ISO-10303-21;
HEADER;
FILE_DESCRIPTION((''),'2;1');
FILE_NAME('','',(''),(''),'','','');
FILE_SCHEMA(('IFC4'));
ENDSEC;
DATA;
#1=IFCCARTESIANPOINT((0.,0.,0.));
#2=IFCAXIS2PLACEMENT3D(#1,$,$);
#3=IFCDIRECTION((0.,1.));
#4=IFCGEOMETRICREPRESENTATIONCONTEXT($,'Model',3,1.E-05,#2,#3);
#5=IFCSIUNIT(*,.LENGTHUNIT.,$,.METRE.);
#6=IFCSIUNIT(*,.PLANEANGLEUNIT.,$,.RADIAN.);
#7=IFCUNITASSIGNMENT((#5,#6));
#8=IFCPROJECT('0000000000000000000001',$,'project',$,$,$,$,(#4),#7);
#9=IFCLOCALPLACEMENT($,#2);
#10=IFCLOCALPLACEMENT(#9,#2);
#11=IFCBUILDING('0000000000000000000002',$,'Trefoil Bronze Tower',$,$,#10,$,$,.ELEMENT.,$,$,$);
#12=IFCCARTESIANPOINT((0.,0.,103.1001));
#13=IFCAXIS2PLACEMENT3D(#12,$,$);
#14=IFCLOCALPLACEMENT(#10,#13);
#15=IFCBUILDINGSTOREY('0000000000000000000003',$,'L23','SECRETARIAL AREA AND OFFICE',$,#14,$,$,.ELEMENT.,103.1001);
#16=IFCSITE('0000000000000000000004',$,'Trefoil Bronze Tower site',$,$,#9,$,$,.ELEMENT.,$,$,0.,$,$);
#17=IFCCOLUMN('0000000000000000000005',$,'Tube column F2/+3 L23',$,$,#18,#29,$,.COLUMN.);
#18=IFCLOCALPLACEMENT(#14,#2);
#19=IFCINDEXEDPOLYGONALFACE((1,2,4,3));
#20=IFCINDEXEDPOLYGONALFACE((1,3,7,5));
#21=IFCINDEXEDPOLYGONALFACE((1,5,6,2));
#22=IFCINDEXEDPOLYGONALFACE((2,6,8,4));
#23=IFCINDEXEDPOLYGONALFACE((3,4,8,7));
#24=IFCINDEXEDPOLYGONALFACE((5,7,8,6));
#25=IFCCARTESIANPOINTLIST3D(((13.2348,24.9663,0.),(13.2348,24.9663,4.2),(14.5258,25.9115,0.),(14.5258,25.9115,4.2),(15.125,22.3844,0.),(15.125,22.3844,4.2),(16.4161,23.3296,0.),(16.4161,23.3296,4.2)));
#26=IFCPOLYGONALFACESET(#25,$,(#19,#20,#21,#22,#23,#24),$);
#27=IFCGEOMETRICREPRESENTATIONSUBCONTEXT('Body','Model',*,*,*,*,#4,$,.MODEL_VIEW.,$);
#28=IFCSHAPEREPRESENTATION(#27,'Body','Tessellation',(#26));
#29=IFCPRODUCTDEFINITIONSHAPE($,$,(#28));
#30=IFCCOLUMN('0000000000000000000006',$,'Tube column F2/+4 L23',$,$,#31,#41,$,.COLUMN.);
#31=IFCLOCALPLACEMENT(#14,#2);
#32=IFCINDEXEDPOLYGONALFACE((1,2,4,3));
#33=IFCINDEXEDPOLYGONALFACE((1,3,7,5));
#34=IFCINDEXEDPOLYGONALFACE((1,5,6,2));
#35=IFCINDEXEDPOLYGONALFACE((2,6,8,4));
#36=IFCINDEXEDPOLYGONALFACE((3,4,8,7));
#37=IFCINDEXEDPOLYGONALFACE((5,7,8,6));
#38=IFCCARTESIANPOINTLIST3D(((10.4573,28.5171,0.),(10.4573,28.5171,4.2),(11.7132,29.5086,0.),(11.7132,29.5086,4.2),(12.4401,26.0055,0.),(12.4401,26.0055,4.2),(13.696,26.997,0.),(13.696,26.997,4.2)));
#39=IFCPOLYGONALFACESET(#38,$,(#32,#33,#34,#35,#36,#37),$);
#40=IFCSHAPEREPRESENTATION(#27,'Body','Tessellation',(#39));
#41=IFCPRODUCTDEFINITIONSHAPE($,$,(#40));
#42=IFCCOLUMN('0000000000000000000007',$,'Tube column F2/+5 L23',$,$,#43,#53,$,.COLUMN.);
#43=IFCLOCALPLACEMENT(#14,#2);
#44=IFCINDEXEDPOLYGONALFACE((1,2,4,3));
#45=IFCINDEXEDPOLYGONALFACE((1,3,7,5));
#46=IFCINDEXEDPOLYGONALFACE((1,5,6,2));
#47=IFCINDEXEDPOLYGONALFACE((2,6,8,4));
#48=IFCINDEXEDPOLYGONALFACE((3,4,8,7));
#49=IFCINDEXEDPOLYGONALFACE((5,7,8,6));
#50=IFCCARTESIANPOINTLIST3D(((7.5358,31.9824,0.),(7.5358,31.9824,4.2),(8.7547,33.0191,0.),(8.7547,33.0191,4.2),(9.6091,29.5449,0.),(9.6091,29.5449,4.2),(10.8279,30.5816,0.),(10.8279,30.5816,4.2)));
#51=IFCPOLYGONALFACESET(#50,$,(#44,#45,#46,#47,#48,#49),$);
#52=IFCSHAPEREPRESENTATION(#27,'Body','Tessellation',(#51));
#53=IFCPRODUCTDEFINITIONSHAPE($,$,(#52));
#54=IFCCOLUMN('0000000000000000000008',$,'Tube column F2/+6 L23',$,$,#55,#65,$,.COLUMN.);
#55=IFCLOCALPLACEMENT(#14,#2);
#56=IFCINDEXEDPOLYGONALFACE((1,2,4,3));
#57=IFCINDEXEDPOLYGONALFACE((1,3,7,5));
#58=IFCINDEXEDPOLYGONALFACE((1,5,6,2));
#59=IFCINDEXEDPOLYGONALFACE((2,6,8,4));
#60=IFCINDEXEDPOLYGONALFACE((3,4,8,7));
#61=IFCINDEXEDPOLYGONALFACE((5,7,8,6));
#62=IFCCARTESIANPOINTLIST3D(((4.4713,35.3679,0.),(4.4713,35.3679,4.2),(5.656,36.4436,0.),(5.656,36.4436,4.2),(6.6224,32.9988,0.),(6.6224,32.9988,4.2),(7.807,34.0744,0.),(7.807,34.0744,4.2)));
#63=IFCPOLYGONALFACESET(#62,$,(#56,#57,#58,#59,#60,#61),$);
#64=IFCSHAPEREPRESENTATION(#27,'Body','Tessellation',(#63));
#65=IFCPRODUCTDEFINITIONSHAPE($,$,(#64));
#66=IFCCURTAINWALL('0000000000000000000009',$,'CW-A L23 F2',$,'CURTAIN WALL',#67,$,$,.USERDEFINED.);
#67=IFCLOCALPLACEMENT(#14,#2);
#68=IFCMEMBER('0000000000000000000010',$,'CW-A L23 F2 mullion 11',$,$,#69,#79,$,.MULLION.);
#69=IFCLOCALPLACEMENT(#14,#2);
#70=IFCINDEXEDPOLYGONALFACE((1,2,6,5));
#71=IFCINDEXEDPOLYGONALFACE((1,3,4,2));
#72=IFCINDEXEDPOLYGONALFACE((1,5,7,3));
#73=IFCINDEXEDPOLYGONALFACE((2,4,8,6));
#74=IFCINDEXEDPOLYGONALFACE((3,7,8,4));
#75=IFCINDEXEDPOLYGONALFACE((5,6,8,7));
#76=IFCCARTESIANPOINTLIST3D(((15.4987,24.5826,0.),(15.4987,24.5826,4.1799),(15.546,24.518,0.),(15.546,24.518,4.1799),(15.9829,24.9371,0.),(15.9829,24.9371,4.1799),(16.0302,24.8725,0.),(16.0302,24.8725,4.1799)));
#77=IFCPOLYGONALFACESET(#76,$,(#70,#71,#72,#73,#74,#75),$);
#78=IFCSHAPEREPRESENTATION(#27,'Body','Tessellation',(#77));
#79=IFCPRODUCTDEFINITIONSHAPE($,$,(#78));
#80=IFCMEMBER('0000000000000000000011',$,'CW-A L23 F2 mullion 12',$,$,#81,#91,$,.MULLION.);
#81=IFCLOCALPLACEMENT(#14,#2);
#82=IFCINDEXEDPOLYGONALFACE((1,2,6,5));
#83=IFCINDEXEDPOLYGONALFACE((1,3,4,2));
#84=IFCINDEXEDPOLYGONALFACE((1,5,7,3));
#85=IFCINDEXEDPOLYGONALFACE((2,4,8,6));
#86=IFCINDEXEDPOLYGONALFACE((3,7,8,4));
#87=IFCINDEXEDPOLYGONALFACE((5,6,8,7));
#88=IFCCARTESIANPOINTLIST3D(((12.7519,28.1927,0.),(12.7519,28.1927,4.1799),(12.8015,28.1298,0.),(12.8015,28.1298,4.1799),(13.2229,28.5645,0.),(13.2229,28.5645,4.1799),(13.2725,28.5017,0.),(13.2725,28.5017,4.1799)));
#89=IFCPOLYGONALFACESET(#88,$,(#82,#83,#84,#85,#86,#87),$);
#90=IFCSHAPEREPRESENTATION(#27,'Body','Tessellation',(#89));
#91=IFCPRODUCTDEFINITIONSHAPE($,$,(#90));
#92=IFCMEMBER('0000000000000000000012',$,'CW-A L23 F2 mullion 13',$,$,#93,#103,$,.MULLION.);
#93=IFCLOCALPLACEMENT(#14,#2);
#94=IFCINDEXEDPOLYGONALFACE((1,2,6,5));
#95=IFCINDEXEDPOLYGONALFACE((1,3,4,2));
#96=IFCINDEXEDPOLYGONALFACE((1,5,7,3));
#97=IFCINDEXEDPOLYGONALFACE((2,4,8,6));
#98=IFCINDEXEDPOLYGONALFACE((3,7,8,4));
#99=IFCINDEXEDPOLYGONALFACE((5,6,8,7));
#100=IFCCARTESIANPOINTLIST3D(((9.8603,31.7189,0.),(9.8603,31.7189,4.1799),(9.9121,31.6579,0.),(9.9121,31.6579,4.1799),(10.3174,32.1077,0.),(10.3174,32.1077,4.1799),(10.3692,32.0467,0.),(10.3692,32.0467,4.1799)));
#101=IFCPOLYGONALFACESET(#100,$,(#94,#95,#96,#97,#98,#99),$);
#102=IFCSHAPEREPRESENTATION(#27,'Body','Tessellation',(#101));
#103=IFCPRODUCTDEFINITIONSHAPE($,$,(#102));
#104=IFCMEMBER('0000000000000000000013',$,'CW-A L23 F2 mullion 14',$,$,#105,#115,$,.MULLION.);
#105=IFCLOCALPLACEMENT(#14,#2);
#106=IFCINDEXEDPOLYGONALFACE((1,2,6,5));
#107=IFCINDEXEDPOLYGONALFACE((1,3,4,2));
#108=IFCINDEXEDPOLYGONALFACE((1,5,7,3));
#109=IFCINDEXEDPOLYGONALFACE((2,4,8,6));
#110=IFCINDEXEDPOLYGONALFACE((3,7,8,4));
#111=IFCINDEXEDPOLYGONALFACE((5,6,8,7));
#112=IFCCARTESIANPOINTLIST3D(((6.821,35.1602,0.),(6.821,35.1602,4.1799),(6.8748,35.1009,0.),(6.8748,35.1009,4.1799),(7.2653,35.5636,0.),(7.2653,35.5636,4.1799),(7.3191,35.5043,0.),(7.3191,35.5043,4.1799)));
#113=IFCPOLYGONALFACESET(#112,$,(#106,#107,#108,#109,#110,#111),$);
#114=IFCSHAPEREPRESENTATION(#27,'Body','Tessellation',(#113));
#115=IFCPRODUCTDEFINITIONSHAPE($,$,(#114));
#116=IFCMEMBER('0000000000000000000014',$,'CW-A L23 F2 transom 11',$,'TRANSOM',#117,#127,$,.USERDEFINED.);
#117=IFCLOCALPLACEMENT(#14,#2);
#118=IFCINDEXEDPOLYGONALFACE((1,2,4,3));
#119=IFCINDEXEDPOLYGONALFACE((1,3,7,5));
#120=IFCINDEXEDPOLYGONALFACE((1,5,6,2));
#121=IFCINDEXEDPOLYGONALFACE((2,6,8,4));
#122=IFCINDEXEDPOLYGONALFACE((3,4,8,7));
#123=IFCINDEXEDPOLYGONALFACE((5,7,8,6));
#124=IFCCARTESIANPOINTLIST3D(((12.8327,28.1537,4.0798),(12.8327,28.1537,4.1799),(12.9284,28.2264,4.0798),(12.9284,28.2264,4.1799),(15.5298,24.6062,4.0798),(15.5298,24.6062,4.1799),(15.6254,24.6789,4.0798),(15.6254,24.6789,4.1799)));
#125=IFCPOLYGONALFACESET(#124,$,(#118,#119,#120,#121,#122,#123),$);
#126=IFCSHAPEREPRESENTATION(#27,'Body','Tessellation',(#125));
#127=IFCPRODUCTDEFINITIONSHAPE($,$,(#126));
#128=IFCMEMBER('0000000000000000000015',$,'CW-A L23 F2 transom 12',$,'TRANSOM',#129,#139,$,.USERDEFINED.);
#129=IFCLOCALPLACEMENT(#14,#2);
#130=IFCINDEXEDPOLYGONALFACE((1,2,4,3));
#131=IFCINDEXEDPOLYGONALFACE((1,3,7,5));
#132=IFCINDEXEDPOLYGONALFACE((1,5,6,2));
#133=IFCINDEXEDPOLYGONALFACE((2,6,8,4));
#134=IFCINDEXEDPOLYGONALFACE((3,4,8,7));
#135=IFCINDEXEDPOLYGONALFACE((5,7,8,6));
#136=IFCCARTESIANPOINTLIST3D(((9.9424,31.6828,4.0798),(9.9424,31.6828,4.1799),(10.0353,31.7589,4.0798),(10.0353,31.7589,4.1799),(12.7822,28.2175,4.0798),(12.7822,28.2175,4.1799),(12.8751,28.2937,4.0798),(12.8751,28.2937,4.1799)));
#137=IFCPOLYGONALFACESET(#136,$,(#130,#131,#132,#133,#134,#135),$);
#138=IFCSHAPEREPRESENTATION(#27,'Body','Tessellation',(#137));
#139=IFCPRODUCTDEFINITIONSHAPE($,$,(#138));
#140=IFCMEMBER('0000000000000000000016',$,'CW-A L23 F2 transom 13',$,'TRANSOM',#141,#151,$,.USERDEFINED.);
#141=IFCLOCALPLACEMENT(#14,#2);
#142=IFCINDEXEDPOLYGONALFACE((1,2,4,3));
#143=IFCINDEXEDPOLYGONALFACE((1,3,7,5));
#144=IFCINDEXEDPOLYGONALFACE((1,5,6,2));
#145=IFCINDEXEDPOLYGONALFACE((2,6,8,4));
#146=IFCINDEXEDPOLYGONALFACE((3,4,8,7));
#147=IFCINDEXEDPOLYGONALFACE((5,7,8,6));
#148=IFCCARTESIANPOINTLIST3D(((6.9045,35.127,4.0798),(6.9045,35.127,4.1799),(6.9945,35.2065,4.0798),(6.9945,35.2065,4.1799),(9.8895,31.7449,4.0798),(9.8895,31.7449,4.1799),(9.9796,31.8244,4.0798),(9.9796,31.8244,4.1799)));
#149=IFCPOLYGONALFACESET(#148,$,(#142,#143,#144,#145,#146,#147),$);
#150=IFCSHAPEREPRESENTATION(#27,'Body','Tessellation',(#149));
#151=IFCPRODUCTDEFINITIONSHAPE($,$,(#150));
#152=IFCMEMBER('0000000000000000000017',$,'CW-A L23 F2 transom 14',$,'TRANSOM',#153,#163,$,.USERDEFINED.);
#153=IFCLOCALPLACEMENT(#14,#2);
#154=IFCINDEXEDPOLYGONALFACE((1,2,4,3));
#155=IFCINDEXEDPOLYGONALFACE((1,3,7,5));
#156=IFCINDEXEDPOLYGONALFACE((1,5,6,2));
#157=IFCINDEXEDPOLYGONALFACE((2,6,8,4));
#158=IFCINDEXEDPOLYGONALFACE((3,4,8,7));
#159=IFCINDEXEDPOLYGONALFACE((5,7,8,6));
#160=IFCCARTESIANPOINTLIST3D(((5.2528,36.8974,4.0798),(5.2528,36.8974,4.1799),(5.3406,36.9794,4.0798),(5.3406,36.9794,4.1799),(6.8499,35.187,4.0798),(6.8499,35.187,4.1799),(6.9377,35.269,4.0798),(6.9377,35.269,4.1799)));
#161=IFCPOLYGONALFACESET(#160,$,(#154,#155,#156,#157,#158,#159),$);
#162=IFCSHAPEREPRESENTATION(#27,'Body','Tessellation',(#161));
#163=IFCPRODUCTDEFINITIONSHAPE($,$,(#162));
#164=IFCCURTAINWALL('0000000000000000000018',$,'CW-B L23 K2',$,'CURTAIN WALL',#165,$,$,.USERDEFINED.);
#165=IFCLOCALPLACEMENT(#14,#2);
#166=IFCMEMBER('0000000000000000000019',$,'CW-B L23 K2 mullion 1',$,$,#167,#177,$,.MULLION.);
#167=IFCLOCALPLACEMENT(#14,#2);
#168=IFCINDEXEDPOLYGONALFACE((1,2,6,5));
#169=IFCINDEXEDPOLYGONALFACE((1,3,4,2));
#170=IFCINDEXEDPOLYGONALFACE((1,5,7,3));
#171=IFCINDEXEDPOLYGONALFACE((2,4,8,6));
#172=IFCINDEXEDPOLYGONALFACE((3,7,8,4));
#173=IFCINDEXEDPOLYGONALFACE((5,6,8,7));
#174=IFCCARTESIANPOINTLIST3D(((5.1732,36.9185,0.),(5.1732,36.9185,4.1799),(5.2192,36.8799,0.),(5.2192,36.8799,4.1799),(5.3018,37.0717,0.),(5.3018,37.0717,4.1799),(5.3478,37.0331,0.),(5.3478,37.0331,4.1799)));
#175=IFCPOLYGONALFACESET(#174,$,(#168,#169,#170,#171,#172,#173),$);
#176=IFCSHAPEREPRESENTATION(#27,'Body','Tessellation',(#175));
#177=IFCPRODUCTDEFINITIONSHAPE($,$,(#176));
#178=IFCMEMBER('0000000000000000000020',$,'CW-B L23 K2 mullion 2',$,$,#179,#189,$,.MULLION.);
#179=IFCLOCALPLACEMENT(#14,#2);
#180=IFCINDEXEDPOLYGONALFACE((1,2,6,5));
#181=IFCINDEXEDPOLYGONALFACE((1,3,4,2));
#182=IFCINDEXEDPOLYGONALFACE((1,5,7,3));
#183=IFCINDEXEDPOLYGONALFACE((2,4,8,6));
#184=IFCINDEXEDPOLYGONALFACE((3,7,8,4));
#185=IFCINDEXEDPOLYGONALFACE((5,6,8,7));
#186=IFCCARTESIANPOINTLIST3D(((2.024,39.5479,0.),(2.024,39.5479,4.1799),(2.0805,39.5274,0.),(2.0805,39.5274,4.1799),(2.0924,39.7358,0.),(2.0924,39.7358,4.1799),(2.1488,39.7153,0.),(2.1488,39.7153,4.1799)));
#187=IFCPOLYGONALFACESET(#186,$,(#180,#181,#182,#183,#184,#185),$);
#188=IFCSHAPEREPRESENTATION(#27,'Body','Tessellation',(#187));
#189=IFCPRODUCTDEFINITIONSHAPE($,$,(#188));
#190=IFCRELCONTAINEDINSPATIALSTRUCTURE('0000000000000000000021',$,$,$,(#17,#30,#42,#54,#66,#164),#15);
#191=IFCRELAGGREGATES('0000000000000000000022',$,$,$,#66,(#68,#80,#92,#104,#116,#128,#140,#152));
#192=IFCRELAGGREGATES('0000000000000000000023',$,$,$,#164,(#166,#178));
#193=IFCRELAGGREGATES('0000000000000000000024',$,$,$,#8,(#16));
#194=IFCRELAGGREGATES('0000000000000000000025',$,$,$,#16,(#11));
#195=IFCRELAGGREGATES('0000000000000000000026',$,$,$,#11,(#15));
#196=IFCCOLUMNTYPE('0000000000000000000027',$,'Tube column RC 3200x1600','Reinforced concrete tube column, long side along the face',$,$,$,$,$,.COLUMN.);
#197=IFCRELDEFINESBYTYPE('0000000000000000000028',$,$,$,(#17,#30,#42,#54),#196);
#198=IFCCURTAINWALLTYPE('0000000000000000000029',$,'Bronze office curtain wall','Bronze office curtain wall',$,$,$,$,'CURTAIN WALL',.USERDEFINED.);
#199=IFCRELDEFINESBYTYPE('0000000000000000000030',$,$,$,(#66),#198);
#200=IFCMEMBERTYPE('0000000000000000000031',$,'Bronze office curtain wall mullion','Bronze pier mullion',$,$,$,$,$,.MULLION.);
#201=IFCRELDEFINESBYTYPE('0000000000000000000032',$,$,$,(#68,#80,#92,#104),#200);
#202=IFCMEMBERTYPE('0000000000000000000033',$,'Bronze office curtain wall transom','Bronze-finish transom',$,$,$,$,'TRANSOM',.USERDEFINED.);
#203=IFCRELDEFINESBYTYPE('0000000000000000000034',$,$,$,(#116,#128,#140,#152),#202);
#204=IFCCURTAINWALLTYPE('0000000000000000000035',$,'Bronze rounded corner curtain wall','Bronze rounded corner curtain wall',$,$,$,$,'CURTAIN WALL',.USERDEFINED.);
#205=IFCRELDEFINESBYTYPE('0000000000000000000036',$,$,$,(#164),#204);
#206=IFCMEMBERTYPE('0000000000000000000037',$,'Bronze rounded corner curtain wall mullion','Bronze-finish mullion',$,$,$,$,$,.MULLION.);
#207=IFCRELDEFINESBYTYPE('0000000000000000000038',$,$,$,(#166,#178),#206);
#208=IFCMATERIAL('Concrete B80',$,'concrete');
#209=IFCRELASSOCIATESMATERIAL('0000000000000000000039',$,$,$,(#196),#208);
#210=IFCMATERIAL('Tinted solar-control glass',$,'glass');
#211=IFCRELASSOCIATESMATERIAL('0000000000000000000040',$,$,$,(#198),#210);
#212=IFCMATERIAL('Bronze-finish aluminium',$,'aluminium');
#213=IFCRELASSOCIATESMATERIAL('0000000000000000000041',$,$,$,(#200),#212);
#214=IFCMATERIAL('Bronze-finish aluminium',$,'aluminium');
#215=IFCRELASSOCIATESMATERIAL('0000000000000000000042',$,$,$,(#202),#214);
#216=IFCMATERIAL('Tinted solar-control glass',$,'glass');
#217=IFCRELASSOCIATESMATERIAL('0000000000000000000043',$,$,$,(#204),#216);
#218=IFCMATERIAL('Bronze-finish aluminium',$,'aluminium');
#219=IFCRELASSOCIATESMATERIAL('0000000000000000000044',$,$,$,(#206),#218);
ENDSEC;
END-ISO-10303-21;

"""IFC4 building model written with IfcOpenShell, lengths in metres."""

from ifc_helpers import new_model, si_unit, direction, frame, origin, origin_2d, place, context, subcontext, project, spatial, rectangle, extrude, material, material_profile, profile_set, type_object, element, aggregate, save


model = new_model("IFC4")

# Units and contexts
model_context = context("Model", 3, precision=1e-05, world=origin(), true_north=direction((0.0, 1.0)))
body_context = subcontext(model_context, "Body", "Model", "MODEL_VIEW")
ifc_project = project(units=[si_unit("LENGTHUNIT", "METRE"), si_unit("PLANEANGLEUNIT", "RADIAN")], contexts=[model_context])

# Site, building, storey
site_placement = place(None, origin())
site = spatial("IfcSite", under=ifc_project, at=site_placement, Name="Trefoil Bronze Tower site", CompositionType="ELEMENT", RefElevation=0.0)
building_placement = place(site_placement, origin())
building = spatial("IfcBuilding", under=site, at=building_placement, Name="Trefoil Bronze Tower", CompositionType="ELEMENT")
storey_placement = place(building_placement, frame((0.0, 0.0, 103.1001)))
storey = spatial("IfcBuildingStorey", under=building, at=storey_placement, Name="L23", Description="SECRETARIAL AREA AND OFFICE", CompositionType="ELEMENT", Elevation=103.1001)

# Columns
ifc_material_1 = material(Name="Concrete B80", Category="concrete")
ifc_material_profile_1 = material_profile(ifc_material_1, rectangle(XDim=3.2, YDim=1.6001, at=origin_2d()), Name="RC 3200x1600")
ifc_profile_set_1 = profile_set([ifc_material_profile_1], Name="Concrete B80")
column_type = type_object("IfcColumnType", Name="Tube column RC 3200x1600", Description="Reinforced concrete tube column, long side along the face", PredefinedType="COLUMN", material=ifc_profile_set_1)
for number, where, z_axis, x_axis, name in (
    (1, (14.8254, 24.1479, 0.0), (0.0, 0.0, 1.0), (-0.590723, 0.806875, 0.0), "Tube column F2/+3 L23"),
    (2, (12.0767, 27.7571, 0.0), (0.0, 0.0, 1.0), (-0.619649, 0.784879, 0.0), "Tube column F2/+4 L23"),
    (3, (9.1819, 31.282, 0.0), (0.0, 0.0, 1.0), (-0.647904, 0.761722, 0.0), "Tube column F2/+5 L23"),
    (4, (6.1392, 34.7212, 0.0), (0.0, 0.0, 1.0), (-0.67221, 0.740361, 0.0), "Tube column F2/+6 L23"),
):
    element("IfcColumn", number, at=place(storey_placement, frame(where, z_axis=z_axis, x_axis=x_axis)), inside=storey, type_object=column_type, Name=name, PredefinedType="COLUMN", context=body_context, shape_type="SweptSolid", body=[
        extrude(rectangle(XDim=3.2, YDim=1.6001, at=origin_2d()), origin(), (0.0, 0.0, 1.0), 4.2),
    ])

# Curtain walls, members
ifc_material_2 = material(Name="Tinted solar-control glass", Category="glass")
curtain_wall_type_1 = type_object("IfcCurtainWallType", Name="Bronze office curtain wall", Description="Bronze office curtain wall", ElementType="CURTAIN WALL", PredefinedType="USERDEFINED", material=ifc_material_2)
curtain_wall_1_placement = place(storey_placement, origin())
curtain_wall_1 = element("IfcCurtainWall", 5, at=curtain_wall_1_placement, inside=storey, type_object=curtain_wall_type_1, Name="CW-A L23 F2", ObjectType="CURTAIN WALL", PredefinedType="USERDEFINED")
ifc_material_3 = material(Name="Bronze-finish aluminium", Category="aluminium")
ifc_material_profile_2 = material_profile(ifc_material_3, rectangle(XDim=0.6001, YDim=0.0801, at=origin_2d()), Name="CW-A mullion")
ifc_profile_set_2 = profile_set([ifc_material_profile_2], Name="Bronze-finish aluminium")
member_type_1 = type_object("IfcMemberType", Name="Bronze office curtain wall mullion", Description="Bronze pier mullion", PredefinedType="MULLION", material=ifc_profile_set_2)
member_1_placement = place(storey_placement, frame((15.7644, 24.7275, 0.0), z_axis=(0.0, 0.0, 1.0), x_axis=(-0.806875, -0.590723, 0.0)))
member_1 = element("IfcMember", 6, at=member_1_placement, type_object=member_type_1, Name="CW-A L23 F2 mullion 11", PredefinedType="MULLION", context=body_context, shape_type="SweptSolid", body=[
    extrude(rectangle(XDim=0.6001, YDim=0.0801, at=origin_2d()), origin(), (0.0, 0.0, 1.0), 4.1799),
])
member_2_placement = place(storey_placement, frame((13.0122, 28.3472, 0.0), z_axis=(0.0, 0.0, 1.0), x_axis=(-0.784879, -0.619649, 0.0)))
member_2 = element("IfcMember", 7, at=member_2_placement, type_object=member_type_1, Name="CW-A L23 F2 mullion 12", PredefinedType="MULLION", context=body_context, shape_type="SweptSolid", body=[
    extrude(rectangle(XDim=0.6001, YDim=0.0801, at=origin_2d()), origin(), (0.0, 0.0, 1.0), 4.1799),
])
member_3_placement = place(storey_placement, frame((10.1147, 31.8828, 0.0), z_axis=(0.0, 0.0, 1.0), x_axis=(-0.761722, -0.647904, 0.0)))
member_3 = element("IfcMember", 8, at=member_3_placement, type_object=member_type_1, Name="CW-A L23 F2 mullion 13", PredefinedType="MULLION", context=body_context, shape_type="SweptSolid", body=[
    extrude(rectangle(XDim=0.6001, YDim=0.0801, at=origin_2d()), origin(), (0.0, 0.0, 1.0), 4.1799),
])
member_4_placement = place(storey_placement, frame((7.0701, 35.3323, 0.0), z_axis=(0.0, 0.0, 1.0), x_axis=(-0.740361, -0.67221, 0.0)))
member_4 = element("IfcMember", 9, at=member_4_placement, type_object=member_type_1, Name="CW-A L23 F2 mullion 14", PredefinedType="MULLION", context=body_context, shape_type="SweptSolid", body=[
    extrude(rectangle(XDim=0.6001, YDim=0.0801, at=origin_2d()), origin(), (0.0, 0.0, 1.0), 4.1799),
])
ifc_material_4 = material(Name="Bronze-finish aluminium", Category="aluminium")
ifc_material_profile_3 = material_profile(ifc_material_4, rectangle(XDim=0.1201, YDim=0.1001, at=origin_2d()), Name="CW-A transom")
ifc_profile_set_3 = profile_set([ifc_material_profile_3], Name="Bronze-finish aluminium")
member_type_2 = type_object("IfcMemberType", Name="Bronze office curtain wall transom", Description="Bronze-finish transom", ElementType="TRANSOM", PredefinedType="USERDEFINED", material=ifc_profile_set_3)
member_5_placement = place(storey_placement, frame((15.5776, 24.6426, 4.1299), z_axis=(-0.605229, 0.796051, 0.0), x_axis=(-0.796051, -0.605229, 0.0)))
member_5 = element("IfcMember", 10, at=member_5_placement, type_object=member_type_2, Name="CW-A L23 F2 transom 11", ObjectType="TRANSOM", PredefinedType="USERDEFINED", context=body_context, shape_type="SweptSolid", body=[
    extrude(rectangle(XDim=0.1201, YDim=0.1001, at=origin_2d()), origin(), (0.0, 0.0, 1.0), 4.4563),
])
member_6_placement = place(storey_placement, frame((12.8286, 28.2556, 4.1299), z_axis=(-0.633849, 0.773457, 0.0), x_axis=(-0.773457, -0.633849, 0.0)))
member_6 = element("IfcMember", 11, at=member_6_placement, type_object=member_type_2, Name="CW-A L23 F2 transom 12", ObjectType="TRANSOM", PredefinedType="USERDEFINED", context=body_context, shape_type="SweptSolid", body=[
    extrude(rectangle(XDim=0.1201, YDim=0.1001, at=origin_2d()), origin(), (0.0, 0.0, 1.0), 4.4802),
])
member_7_placement = place(storey_placement, frame((9.9346, 31.7847, 4.1299), z_axis=(-0.661736, 0.749737, 0.0), x_axis=(-0.749737, -0.661736, 0.0)))
member_7 = element("IfcMember", 12, at=member_7_placement, type_object=member_type_2, Name="CW-A L23 F2 transom 13", ObjectType="TRANSOM", PredefinedType="USERDEFINED", context=body_context, shape_type="SweptSolid", body=[
    extrude(rectangle(XDim=0.1201, YDim=0.1001, at=origin_2d()), origin(), (0.0, 0.0, 1.0), 4.511),
])
member_8_placement = place(storey_placement, frame((6.8938, 35.228, 4.1299), z_axis=(-0.682489, 0.730896, 0.0), x_axis=(-0.730896, -0.682489, 0.0)))
member_8 = element("IfcMember", 13, at=member_8_placement, type_object=member_type_2, Name="CW-A L23 F2 transom 14", ObjectType="TRANSOM", PredefinedType="USERDEFINED", context=body_context, shape_type="SweptSolid", body=[
    extrude(rectangle(XDim=0.1201, YDim=0.1001, at=origin_2d()), origin(), (0.0, 0.0, 1.0), 2.3401),
])
ifc_material_5 = material(Name="Tinted solar-control glass", Category="glass")
curtain_wall_type_2 = type_object("IfcCurtainWallType", Name="Bronze rounded corner curtain wall", Description="Bronze rounded corner curtain wall", ElementType="CURTAIN WALL", PredefinedType="USERDEFINED", material=ifc_material_5)
curtain_wall_2_placement = place(storey_placement, origin())
curtain_wall_2 = element("IfcCurtainWall", 14, at=curtain_wall_2_placement, inside=storey, type_object=curtain_wall_type_2, Name="CW-B L23 K2", ObjectType="CURTAIN WALL", PredefinedType="USERDEFINED")
ifc_material_6 = material(Name="Bronze-finish aluminium", Category="aluminium")
ifc_material_profile_4 = material_profile(ifc_material_6, rectangle(XDim=0.2, YDim=0.0601, at=origin_2d()), Name="CW-B mullion")
ifc_profile_set_4 = profile_set([ifc_material_profile_4], Name="Bronze-finish aluminium")
member_type_3 = type_object("IfcMemberType", Name="Bronze rounded corner curtain wall mullion", Description="Bronze-finish mullion", PredefinedType="MULLION", material=ifc_profile_set_4)
member_9_placement = place(storey_placement, frame((5.2605, 36.9758, 0.0), z_axis=(0.0, 0.0, 1.0), x_axis=(-0.642788, -0.766044, 0.0)))
member_9 = element("IfcMember", 15, at=member_9_placement, type_object=member_type_3, Name="CW-B L23 K2 mullion 1", PredefinedType="MULLION", context=body_context, shape_type="SweptSolid", body=[
    extrude(rectangle(XDim=0.2, YDim=0.0601, at=origin_2d()), origin(), (0.0, 0.0, 1.0), 4.1799),
])
member_10_placement = place(storey_placement, frame((2.0864, 39.6316, 0.0), z_axis=(0.0, 0.0, 1.0), x_axis=(-0.34202, -0.939693, 0.0)))
member_10 = element("IfcMember", 16, at=member_10_placement, type_object=member_type_3, Name="CW-B L23 K2 mullion 2", PredefinedType="MULLION", context=body_context, shape_type="SweptSolid", body=[
    extrude(rectangle(XDim=0.2, YDim=0.0601, at=origin_2d()), origin(), (0.0, 0.0, 1.0), 4.1799),
])

aggregate(curtain_wall_1, [member_1, member_2, member_3, member_4, member_5, member_6, member_7, member_8])
aggregate(curtain_wall_2, [member_9, member_10])

save(model, "model.ifc")
